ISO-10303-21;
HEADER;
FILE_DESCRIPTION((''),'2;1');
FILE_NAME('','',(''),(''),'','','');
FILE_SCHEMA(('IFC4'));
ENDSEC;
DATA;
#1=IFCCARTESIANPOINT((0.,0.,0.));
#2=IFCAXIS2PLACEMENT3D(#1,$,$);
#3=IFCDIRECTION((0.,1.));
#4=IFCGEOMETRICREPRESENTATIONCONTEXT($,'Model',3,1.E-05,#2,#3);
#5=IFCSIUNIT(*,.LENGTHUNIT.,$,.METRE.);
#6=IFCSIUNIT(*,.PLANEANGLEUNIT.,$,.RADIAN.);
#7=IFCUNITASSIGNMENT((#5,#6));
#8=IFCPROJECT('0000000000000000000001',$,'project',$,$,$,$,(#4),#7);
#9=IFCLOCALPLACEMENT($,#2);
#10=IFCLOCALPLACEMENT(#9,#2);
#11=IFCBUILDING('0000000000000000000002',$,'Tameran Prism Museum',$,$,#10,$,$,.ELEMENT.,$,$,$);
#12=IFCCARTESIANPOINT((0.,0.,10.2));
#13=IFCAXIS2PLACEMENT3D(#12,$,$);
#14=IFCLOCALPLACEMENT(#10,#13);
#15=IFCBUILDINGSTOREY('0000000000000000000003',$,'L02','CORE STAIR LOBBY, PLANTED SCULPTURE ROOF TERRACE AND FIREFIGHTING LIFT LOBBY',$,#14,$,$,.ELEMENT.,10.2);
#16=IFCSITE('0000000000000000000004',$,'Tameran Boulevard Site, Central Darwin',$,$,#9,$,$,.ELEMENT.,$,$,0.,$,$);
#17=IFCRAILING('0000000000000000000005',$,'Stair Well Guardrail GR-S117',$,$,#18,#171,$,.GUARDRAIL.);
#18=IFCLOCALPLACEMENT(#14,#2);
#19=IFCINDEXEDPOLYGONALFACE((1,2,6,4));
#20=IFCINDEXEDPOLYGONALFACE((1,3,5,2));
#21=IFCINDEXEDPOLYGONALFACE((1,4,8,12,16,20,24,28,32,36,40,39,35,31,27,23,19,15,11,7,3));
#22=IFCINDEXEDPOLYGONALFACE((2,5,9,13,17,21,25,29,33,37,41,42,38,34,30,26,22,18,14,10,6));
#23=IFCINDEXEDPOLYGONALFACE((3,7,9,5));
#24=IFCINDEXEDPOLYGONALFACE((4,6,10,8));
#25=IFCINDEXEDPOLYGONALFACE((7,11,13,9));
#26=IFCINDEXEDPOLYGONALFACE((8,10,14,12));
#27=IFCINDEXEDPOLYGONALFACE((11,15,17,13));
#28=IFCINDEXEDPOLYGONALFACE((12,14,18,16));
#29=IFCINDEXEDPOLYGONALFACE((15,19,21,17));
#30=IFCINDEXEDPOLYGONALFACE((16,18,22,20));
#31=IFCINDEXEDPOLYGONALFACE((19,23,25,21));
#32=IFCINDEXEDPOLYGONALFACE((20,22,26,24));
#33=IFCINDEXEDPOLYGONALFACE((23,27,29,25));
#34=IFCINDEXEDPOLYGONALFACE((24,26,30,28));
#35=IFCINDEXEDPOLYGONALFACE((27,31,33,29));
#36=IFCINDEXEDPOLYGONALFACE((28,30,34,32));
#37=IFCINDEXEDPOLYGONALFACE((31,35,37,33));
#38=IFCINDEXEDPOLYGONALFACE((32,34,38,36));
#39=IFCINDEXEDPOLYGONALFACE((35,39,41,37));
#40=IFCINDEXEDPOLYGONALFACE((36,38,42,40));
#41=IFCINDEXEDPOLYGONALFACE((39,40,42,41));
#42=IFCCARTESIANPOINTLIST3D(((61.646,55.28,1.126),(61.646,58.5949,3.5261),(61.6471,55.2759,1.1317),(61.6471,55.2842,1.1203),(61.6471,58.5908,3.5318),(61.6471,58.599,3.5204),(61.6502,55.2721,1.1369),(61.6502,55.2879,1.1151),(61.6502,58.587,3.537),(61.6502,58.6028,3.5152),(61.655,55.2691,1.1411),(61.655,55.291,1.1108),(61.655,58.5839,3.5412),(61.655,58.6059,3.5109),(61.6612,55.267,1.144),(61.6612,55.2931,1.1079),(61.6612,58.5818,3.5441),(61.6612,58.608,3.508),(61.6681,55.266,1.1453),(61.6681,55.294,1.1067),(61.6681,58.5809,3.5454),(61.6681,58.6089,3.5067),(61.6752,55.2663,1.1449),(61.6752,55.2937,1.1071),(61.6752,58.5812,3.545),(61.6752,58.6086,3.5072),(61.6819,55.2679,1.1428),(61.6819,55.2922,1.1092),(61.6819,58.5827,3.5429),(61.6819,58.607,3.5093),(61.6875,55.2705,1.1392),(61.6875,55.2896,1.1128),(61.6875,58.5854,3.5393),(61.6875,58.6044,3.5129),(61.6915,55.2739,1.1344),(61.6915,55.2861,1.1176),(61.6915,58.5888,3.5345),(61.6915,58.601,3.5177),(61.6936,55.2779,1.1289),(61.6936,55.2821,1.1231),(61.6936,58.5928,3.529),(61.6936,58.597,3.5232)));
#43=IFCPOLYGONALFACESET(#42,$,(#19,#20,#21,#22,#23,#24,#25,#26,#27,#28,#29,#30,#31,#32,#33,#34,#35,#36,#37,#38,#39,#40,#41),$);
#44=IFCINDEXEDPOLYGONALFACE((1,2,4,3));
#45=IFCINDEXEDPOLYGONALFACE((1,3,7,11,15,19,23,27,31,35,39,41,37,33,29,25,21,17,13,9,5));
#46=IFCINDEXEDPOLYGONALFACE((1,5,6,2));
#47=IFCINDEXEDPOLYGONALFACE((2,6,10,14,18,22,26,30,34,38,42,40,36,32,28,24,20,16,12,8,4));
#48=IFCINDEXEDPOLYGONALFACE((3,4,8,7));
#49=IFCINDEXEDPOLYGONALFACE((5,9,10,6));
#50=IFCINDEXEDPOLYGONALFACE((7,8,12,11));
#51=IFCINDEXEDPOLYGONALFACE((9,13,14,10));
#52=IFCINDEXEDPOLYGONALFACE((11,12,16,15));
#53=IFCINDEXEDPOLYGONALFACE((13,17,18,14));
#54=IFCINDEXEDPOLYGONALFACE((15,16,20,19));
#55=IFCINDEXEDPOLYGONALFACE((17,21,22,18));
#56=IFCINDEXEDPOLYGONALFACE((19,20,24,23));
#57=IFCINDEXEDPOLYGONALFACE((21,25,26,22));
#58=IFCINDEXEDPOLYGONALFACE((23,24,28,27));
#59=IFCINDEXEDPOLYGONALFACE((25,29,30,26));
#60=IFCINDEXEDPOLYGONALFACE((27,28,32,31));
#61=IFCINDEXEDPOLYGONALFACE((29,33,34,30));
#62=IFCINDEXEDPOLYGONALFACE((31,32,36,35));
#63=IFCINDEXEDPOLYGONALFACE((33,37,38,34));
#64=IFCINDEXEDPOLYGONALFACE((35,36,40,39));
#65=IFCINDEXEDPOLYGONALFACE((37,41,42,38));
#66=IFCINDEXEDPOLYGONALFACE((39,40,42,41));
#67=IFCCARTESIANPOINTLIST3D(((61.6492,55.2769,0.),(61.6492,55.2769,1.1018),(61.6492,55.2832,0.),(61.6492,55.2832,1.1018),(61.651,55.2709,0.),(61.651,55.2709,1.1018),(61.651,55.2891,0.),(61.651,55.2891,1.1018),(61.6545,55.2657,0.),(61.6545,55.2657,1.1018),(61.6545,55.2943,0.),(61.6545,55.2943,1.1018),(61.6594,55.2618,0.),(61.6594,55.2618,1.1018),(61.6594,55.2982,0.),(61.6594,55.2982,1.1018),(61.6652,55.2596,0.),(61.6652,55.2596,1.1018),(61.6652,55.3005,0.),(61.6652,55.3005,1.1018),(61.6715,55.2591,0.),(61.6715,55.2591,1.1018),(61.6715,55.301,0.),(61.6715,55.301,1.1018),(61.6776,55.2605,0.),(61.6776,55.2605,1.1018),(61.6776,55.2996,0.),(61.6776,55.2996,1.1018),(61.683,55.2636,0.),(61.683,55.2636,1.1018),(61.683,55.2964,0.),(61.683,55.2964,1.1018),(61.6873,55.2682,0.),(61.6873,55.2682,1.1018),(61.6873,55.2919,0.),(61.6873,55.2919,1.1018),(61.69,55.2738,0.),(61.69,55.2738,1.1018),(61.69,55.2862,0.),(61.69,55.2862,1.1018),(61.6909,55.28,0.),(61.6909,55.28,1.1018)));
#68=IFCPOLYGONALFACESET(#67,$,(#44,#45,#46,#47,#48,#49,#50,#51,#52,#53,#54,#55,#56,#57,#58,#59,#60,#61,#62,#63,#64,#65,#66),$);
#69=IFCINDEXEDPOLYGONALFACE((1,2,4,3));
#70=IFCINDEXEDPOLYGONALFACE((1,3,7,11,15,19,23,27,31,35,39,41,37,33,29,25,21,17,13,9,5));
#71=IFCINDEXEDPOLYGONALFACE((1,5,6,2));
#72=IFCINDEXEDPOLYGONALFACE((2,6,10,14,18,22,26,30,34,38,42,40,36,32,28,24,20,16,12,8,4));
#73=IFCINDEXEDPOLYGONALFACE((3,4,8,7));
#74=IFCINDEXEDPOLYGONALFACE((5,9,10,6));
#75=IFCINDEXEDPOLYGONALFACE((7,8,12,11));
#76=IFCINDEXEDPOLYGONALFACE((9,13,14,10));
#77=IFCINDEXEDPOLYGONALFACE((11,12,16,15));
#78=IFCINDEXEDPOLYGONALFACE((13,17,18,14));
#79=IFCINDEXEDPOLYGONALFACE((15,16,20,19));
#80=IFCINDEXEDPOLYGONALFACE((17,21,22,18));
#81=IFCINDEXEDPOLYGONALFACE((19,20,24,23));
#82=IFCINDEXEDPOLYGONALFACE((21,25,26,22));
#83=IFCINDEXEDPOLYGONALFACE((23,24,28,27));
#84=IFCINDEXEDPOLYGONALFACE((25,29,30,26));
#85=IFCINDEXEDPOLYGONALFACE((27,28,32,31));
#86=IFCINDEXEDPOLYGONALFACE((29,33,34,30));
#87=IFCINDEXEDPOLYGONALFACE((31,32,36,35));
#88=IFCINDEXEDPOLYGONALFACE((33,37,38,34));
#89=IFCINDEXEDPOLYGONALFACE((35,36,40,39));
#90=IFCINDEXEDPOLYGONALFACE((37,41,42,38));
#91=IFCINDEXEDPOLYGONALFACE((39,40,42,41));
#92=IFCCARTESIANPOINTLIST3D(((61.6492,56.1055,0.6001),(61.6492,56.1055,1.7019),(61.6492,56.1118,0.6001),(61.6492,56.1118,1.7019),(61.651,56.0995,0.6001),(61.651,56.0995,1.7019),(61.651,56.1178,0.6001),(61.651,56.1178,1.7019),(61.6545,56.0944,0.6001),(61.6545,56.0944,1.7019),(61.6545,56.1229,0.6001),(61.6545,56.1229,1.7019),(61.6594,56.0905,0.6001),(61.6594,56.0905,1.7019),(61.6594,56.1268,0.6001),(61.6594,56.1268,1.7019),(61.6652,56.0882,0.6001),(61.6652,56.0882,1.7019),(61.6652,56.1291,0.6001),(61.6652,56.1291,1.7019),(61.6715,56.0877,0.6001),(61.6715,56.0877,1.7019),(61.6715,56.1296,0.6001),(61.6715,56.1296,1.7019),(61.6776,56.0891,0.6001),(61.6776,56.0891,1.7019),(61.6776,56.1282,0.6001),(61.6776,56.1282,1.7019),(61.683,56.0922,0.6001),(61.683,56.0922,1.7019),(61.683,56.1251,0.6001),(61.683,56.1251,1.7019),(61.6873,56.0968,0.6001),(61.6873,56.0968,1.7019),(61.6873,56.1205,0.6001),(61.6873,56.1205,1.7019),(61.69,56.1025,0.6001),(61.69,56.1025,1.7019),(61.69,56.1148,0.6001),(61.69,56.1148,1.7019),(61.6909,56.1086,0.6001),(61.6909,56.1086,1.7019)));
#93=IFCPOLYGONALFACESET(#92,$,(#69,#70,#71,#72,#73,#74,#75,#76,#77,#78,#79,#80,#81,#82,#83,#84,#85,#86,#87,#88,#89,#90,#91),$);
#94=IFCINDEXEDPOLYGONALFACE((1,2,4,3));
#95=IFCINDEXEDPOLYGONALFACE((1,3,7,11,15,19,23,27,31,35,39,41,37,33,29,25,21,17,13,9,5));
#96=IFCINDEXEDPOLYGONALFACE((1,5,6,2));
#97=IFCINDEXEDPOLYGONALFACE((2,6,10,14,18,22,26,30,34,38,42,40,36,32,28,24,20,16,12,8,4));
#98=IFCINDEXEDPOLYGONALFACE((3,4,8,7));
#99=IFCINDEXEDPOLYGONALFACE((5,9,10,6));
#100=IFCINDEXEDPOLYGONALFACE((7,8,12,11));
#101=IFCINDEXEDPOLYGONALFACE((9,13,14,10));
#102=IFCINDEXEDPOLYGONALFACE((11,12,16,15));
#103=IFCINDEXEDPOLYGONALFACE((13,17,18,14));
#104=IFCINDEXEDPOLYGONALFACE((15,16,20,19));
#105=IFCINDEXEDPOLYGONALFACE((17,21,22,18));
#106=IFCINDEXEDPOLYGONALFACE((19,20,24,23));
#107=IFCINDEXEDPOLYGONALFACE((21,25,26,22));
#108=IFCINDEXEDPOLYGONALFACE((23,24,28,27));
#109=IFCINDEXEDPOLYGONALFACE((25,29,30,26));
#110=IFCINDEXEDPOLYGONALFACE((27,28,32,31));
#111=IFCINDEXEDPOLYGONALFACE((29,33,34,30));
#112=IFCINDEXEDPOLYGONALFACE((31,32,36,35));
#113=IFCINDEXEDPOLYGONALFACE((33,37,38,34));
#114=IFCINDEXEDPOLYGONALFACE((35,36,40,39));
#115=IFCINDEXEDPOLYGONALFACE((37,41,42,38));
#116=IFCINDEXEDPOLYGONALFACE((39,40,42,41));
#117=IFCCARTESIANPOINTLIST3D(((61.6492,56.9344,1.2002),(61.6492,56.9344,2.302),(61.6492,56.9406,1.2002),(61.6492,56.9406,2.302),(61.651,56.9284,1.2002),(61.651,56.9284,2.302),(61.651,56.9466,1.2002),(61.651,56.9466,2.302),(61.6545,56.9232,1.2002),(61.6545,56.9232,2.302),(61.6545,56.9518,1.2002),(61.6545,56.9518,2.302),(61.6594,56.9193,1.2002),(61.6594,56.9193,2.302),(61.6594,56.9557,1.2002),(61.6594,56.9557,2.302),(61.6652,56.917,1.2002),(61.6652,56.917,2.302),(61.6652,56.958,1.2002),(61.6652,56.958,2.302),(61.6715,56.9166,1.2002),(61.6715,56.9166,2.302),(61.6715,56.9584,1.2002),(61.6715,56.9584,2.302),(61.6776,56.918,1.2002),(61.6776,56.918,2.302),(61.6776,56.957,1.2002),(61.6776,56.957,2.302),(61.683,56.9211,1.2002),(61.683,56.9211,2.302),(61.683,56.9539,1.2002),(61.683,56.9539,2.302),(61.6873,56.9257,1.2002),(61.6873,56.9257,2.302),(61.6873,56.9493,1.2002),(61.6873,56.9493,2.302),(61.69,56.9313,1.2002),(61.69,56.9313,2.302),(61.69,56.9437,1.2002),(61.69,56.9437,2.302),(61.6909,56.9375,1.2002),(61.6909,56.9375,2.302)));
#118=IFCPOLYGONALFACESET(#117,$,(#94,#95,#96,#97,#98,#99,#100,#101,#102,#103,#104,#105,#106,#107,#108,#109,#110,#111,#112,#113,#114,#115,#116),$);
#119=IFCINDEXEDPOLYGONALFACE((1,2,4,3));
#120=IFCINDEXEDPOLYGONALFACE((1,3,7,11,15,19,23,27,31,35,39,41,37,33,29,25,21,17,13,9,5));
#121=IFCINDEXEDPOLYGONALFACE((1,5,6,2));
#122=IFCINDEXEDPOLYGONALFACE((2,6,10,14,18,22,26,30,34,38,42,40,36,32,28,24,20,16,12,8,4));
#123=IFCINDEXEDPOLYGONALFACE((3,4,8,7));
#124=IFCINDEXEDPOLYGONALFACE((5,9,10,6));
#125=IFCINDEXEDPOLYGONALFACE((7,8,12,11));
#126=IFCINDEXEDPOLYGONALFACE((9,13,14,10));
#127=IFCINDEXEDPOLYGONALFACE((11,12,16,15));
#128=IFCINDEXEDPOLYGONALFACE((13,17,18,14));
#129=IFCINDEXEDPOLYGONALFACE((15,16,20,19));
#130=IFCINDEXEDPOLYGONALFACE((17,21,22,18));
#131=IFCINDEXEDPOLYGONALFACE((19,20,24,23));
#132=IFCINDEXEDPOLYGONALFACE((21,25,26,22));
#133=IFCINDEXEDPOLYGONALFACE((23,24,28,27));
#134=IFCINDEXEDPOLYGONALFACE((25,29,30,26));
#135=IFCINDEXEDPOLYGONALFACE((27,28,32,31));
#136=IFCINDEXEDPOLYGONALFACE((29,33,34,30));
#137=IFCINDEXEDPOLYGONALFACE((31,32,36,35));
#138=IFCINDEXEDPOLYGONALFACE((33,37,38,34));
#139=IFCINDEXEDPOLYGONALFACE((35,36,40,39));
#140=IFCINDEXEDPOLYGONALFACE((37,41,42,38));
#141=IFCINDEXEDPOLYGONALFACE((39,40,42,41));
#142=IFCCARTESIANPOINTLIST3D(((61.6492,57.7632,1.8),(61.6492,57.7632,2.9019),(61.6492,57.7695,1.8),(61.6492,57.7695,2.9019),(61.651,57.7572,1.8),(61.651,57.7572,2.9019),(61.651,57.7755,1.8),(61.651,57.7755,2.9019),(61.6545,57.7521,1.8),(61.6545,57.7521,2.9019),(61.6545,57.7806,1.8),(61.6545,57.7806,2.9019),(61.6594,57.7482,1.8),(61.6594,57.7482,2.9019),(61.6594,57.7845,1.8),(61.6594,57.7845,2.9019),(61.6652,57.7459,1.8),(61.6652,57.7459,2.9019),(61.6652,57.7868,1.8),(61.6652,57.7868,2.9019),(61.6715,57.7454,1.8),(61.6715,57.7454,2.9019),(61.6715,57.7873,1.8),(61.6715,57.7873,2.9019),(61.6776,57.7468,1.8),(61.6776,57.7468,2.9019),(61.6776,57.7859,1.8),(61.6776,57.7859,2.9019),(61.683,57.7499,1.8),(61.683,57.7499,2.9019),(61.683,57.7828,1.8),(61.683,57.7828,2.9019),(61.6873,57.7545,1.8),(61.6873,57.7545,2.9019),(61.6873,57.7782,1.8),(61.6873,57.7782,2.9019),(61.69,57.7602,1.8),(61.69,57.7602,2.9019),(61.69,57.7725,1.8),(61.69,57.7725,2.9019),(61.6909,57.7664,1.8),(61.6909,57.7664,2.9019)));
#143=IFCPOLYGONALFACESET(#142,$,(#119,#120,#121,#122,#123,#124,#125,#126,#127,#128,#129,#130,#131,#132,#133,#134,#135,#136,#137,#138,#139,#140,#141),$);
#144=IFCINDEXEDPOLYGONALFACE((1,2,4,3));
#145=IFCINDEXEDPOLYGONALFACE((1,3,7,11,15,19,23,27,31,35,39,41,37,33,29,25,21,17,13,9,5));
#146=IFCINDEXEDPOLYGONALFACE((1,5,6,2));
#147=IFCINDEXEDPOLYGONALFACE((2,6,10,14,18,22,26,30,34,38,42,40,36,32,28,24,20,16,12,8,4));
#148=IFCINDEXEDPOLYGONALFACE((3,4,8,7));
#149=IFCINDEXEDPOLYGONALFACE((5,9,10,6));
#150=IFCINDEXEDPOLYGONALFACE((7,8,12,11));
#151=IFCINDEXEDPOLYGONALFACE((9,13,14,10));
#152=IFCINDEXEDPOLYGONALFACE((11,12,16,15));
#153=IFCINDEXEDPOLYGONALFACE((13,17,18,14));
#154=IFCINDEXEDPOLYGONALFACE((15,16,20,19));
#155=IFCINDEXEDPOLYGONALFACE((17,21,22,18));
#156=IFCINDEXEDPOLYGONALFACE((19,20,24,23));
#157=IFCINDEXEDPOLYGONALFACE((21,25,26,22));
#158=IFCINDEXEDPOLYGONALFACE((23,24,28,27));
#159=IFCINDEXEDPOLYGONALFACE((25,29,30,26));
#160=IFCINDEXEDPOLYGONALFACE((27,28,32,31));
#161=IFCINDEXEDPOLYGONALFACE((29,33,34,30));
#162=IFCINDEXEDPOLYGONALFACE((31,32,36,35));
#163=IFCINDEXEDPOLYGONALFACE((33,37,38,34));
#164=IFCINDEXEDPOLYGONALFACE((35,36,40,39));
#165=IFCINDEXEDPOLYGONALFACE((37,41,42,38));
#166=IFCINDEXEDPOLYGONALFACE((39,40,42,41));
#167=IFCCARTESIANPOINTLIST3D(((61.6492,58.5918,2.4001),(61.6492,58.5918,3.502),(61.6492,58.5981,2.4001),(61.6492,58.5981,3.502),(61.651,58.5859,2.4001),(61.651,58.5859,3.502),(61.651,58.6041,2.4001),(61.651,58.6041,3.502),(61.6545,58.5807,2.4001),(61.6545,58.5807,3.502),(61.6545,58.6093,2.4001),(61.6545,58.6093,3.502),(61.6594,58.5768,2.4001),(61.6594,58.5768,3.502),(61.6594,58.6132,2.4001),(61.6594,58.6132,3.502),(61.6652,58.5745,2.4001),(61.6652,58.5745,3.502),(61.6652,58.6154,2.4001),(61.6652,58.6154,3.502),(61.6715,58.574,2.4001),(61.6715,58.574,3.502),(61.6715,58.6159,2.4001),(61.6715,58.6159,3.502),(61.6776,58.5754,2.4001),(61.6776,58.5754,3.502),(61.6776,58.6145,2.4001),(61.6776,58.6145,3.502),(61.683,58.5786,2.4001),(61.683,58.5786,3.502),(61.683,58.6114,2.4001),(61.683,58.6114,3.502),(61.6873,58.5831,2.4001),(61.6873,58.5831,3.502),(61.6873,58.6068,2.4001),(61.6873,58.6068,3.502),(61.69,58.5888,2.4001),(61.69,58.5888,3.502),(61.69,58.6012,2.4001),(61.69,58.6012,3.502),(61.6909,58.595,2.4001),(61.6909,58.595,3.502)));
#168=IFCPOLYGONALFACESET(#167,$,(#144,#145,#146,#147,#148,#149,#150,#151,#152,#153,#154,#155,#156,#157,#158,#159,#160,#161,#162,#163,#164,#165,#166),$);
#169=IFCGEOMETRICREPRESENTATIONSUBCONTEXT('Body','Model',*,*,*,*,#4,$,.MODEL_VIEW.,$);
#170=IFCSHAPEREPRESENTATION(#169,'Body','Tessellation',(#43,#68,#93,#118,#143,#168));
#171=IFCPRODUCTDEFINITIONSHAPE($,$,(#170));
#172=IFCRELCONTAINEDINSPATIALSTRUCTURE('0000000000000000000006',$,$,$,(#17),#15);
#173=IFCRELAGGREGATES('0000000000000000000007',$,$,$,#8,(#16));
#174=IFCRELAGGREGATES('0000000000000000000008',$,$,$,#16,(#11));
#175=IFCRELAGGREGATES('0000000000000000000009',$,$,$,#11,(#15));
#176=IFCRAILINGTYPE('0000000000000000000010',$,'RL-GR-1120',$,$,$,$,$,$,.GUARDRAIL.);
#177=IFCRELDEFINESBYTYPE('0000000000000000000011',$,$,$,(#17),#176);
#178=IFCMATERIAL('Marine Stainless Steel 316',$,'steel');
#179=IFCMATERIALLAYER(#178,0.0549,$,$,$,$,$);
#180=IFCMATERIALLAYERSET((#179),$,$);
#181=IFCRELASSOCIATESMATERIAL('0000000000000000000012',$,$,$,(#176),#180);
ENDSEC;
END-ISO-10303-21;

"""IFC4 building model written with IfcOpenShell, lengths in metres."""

from ifc_helpers import new_model, si_unit, direction, frame, origin, origin_2d, place, context, subcontext, project, spatial, circle, extrude, material, layer, layer_set, type_object, element, save


model = new_model("IFC4")

# Units and contexts
model_context = context("Model", 3, precision=1e-05, world=origin(), true_north=direction((0.0, 1.0)))
body_context = subcontext(model_context, "Body", "Model", "MODEL_VIEW")
ifc_project = project(units=[si_unit("LENGTHUNIT", "METRE"), si_unit("PLANEANGLEUNIT", "RADIAN")], contexts=[model_context])

# Site, building, storey
site_placement = place(None, origin())
site = spatial("IfcSite", under=ifc_project, at=site_placement, Name="Tameran Boulevard Site, Central Darwin", CompositionType="ELEMENT", RefElevation=0.0)
building_placement = place(site_placement, origin())
building = spatial("IfcBuilding", under=site, at=building_placement, Name="Tameran Prism Museum", CompositionType="ELEMENT")
storey_placement = place(building_placement, frame((0.0, 0.0, 10.2)))
storey = spatial("IfcBuildingStorey", under=building, at=storey_placement, Name="L02", Description="CORE STAIR LOBBY, PLANTED SCULPTURE ROOF TERRACE AND FIREFIGHTING LIFT LOBBY", CompositionType="ELEMENT", Elevation=10.2)

# Railing
ifc_material_1 = material(Name="Marine Stainless Steel 316", Category="steel")
ifc_layer_1 = layer(ifc_material_1, 0.0549)
ifc_layer_set_1 = layer_set([ifc_layer_1])
railing_type_1 = type_object("IfcRailingType", Name="RL-GR-1120", PredefinedType="GUARDRAIL", material=ifc_layer_set_1)
railing_1_placement = place(storey_placement, frame((61.6699, 55.28, 0.0)))
element("IfcRailing", 1, at=railing_1_placement, inside=storey, type_object=railing_type_1, Name="Stair Well Guardrail GR-S117", PredefinedType="GUARDRAIL", context=body_context, shape_type="SweptSolid", body=[
    extrude(circle(Radius=0.0239, at=origin_2d()), frame((0.0, 0.0, 1.126), z_axis=(0.0, 0.80998, 0.586457), x_axis=(-1.0, 0.0, 0.0)), (0.0, 0.0, 1.0), 4.0925),
    extrude(circle(Radius=0.021, at=origin_2d()), origin(), (0.0, 0.0, 1.0), 1.1018),
    extrude(circle(Radius=0.021, at=origin_2d()), frame((0.0, 0.8286, 0.6001)), (0.0, 0.0, 1.0), 1.1018),
    extrude(circle(Radius=0.021, at=origin_2d()), frame((0.0, 1.6575, 1.2002)), (0.0, 0.0, 1.0), 1.1018),
    extrude(circle(Radius=0.021, at=origin_2d()), frame((0.0, 2.4863, 1.8)), (0.0, 0.0, 1.0), 1.1018),
    extrude(circle(Radius=0.021, at=origin_2d()), frame((0.0, 3.3149, 2.4001)), (0.0, 0.0, 1.0), 1.1018),
])

save(model, "model.ifc")
